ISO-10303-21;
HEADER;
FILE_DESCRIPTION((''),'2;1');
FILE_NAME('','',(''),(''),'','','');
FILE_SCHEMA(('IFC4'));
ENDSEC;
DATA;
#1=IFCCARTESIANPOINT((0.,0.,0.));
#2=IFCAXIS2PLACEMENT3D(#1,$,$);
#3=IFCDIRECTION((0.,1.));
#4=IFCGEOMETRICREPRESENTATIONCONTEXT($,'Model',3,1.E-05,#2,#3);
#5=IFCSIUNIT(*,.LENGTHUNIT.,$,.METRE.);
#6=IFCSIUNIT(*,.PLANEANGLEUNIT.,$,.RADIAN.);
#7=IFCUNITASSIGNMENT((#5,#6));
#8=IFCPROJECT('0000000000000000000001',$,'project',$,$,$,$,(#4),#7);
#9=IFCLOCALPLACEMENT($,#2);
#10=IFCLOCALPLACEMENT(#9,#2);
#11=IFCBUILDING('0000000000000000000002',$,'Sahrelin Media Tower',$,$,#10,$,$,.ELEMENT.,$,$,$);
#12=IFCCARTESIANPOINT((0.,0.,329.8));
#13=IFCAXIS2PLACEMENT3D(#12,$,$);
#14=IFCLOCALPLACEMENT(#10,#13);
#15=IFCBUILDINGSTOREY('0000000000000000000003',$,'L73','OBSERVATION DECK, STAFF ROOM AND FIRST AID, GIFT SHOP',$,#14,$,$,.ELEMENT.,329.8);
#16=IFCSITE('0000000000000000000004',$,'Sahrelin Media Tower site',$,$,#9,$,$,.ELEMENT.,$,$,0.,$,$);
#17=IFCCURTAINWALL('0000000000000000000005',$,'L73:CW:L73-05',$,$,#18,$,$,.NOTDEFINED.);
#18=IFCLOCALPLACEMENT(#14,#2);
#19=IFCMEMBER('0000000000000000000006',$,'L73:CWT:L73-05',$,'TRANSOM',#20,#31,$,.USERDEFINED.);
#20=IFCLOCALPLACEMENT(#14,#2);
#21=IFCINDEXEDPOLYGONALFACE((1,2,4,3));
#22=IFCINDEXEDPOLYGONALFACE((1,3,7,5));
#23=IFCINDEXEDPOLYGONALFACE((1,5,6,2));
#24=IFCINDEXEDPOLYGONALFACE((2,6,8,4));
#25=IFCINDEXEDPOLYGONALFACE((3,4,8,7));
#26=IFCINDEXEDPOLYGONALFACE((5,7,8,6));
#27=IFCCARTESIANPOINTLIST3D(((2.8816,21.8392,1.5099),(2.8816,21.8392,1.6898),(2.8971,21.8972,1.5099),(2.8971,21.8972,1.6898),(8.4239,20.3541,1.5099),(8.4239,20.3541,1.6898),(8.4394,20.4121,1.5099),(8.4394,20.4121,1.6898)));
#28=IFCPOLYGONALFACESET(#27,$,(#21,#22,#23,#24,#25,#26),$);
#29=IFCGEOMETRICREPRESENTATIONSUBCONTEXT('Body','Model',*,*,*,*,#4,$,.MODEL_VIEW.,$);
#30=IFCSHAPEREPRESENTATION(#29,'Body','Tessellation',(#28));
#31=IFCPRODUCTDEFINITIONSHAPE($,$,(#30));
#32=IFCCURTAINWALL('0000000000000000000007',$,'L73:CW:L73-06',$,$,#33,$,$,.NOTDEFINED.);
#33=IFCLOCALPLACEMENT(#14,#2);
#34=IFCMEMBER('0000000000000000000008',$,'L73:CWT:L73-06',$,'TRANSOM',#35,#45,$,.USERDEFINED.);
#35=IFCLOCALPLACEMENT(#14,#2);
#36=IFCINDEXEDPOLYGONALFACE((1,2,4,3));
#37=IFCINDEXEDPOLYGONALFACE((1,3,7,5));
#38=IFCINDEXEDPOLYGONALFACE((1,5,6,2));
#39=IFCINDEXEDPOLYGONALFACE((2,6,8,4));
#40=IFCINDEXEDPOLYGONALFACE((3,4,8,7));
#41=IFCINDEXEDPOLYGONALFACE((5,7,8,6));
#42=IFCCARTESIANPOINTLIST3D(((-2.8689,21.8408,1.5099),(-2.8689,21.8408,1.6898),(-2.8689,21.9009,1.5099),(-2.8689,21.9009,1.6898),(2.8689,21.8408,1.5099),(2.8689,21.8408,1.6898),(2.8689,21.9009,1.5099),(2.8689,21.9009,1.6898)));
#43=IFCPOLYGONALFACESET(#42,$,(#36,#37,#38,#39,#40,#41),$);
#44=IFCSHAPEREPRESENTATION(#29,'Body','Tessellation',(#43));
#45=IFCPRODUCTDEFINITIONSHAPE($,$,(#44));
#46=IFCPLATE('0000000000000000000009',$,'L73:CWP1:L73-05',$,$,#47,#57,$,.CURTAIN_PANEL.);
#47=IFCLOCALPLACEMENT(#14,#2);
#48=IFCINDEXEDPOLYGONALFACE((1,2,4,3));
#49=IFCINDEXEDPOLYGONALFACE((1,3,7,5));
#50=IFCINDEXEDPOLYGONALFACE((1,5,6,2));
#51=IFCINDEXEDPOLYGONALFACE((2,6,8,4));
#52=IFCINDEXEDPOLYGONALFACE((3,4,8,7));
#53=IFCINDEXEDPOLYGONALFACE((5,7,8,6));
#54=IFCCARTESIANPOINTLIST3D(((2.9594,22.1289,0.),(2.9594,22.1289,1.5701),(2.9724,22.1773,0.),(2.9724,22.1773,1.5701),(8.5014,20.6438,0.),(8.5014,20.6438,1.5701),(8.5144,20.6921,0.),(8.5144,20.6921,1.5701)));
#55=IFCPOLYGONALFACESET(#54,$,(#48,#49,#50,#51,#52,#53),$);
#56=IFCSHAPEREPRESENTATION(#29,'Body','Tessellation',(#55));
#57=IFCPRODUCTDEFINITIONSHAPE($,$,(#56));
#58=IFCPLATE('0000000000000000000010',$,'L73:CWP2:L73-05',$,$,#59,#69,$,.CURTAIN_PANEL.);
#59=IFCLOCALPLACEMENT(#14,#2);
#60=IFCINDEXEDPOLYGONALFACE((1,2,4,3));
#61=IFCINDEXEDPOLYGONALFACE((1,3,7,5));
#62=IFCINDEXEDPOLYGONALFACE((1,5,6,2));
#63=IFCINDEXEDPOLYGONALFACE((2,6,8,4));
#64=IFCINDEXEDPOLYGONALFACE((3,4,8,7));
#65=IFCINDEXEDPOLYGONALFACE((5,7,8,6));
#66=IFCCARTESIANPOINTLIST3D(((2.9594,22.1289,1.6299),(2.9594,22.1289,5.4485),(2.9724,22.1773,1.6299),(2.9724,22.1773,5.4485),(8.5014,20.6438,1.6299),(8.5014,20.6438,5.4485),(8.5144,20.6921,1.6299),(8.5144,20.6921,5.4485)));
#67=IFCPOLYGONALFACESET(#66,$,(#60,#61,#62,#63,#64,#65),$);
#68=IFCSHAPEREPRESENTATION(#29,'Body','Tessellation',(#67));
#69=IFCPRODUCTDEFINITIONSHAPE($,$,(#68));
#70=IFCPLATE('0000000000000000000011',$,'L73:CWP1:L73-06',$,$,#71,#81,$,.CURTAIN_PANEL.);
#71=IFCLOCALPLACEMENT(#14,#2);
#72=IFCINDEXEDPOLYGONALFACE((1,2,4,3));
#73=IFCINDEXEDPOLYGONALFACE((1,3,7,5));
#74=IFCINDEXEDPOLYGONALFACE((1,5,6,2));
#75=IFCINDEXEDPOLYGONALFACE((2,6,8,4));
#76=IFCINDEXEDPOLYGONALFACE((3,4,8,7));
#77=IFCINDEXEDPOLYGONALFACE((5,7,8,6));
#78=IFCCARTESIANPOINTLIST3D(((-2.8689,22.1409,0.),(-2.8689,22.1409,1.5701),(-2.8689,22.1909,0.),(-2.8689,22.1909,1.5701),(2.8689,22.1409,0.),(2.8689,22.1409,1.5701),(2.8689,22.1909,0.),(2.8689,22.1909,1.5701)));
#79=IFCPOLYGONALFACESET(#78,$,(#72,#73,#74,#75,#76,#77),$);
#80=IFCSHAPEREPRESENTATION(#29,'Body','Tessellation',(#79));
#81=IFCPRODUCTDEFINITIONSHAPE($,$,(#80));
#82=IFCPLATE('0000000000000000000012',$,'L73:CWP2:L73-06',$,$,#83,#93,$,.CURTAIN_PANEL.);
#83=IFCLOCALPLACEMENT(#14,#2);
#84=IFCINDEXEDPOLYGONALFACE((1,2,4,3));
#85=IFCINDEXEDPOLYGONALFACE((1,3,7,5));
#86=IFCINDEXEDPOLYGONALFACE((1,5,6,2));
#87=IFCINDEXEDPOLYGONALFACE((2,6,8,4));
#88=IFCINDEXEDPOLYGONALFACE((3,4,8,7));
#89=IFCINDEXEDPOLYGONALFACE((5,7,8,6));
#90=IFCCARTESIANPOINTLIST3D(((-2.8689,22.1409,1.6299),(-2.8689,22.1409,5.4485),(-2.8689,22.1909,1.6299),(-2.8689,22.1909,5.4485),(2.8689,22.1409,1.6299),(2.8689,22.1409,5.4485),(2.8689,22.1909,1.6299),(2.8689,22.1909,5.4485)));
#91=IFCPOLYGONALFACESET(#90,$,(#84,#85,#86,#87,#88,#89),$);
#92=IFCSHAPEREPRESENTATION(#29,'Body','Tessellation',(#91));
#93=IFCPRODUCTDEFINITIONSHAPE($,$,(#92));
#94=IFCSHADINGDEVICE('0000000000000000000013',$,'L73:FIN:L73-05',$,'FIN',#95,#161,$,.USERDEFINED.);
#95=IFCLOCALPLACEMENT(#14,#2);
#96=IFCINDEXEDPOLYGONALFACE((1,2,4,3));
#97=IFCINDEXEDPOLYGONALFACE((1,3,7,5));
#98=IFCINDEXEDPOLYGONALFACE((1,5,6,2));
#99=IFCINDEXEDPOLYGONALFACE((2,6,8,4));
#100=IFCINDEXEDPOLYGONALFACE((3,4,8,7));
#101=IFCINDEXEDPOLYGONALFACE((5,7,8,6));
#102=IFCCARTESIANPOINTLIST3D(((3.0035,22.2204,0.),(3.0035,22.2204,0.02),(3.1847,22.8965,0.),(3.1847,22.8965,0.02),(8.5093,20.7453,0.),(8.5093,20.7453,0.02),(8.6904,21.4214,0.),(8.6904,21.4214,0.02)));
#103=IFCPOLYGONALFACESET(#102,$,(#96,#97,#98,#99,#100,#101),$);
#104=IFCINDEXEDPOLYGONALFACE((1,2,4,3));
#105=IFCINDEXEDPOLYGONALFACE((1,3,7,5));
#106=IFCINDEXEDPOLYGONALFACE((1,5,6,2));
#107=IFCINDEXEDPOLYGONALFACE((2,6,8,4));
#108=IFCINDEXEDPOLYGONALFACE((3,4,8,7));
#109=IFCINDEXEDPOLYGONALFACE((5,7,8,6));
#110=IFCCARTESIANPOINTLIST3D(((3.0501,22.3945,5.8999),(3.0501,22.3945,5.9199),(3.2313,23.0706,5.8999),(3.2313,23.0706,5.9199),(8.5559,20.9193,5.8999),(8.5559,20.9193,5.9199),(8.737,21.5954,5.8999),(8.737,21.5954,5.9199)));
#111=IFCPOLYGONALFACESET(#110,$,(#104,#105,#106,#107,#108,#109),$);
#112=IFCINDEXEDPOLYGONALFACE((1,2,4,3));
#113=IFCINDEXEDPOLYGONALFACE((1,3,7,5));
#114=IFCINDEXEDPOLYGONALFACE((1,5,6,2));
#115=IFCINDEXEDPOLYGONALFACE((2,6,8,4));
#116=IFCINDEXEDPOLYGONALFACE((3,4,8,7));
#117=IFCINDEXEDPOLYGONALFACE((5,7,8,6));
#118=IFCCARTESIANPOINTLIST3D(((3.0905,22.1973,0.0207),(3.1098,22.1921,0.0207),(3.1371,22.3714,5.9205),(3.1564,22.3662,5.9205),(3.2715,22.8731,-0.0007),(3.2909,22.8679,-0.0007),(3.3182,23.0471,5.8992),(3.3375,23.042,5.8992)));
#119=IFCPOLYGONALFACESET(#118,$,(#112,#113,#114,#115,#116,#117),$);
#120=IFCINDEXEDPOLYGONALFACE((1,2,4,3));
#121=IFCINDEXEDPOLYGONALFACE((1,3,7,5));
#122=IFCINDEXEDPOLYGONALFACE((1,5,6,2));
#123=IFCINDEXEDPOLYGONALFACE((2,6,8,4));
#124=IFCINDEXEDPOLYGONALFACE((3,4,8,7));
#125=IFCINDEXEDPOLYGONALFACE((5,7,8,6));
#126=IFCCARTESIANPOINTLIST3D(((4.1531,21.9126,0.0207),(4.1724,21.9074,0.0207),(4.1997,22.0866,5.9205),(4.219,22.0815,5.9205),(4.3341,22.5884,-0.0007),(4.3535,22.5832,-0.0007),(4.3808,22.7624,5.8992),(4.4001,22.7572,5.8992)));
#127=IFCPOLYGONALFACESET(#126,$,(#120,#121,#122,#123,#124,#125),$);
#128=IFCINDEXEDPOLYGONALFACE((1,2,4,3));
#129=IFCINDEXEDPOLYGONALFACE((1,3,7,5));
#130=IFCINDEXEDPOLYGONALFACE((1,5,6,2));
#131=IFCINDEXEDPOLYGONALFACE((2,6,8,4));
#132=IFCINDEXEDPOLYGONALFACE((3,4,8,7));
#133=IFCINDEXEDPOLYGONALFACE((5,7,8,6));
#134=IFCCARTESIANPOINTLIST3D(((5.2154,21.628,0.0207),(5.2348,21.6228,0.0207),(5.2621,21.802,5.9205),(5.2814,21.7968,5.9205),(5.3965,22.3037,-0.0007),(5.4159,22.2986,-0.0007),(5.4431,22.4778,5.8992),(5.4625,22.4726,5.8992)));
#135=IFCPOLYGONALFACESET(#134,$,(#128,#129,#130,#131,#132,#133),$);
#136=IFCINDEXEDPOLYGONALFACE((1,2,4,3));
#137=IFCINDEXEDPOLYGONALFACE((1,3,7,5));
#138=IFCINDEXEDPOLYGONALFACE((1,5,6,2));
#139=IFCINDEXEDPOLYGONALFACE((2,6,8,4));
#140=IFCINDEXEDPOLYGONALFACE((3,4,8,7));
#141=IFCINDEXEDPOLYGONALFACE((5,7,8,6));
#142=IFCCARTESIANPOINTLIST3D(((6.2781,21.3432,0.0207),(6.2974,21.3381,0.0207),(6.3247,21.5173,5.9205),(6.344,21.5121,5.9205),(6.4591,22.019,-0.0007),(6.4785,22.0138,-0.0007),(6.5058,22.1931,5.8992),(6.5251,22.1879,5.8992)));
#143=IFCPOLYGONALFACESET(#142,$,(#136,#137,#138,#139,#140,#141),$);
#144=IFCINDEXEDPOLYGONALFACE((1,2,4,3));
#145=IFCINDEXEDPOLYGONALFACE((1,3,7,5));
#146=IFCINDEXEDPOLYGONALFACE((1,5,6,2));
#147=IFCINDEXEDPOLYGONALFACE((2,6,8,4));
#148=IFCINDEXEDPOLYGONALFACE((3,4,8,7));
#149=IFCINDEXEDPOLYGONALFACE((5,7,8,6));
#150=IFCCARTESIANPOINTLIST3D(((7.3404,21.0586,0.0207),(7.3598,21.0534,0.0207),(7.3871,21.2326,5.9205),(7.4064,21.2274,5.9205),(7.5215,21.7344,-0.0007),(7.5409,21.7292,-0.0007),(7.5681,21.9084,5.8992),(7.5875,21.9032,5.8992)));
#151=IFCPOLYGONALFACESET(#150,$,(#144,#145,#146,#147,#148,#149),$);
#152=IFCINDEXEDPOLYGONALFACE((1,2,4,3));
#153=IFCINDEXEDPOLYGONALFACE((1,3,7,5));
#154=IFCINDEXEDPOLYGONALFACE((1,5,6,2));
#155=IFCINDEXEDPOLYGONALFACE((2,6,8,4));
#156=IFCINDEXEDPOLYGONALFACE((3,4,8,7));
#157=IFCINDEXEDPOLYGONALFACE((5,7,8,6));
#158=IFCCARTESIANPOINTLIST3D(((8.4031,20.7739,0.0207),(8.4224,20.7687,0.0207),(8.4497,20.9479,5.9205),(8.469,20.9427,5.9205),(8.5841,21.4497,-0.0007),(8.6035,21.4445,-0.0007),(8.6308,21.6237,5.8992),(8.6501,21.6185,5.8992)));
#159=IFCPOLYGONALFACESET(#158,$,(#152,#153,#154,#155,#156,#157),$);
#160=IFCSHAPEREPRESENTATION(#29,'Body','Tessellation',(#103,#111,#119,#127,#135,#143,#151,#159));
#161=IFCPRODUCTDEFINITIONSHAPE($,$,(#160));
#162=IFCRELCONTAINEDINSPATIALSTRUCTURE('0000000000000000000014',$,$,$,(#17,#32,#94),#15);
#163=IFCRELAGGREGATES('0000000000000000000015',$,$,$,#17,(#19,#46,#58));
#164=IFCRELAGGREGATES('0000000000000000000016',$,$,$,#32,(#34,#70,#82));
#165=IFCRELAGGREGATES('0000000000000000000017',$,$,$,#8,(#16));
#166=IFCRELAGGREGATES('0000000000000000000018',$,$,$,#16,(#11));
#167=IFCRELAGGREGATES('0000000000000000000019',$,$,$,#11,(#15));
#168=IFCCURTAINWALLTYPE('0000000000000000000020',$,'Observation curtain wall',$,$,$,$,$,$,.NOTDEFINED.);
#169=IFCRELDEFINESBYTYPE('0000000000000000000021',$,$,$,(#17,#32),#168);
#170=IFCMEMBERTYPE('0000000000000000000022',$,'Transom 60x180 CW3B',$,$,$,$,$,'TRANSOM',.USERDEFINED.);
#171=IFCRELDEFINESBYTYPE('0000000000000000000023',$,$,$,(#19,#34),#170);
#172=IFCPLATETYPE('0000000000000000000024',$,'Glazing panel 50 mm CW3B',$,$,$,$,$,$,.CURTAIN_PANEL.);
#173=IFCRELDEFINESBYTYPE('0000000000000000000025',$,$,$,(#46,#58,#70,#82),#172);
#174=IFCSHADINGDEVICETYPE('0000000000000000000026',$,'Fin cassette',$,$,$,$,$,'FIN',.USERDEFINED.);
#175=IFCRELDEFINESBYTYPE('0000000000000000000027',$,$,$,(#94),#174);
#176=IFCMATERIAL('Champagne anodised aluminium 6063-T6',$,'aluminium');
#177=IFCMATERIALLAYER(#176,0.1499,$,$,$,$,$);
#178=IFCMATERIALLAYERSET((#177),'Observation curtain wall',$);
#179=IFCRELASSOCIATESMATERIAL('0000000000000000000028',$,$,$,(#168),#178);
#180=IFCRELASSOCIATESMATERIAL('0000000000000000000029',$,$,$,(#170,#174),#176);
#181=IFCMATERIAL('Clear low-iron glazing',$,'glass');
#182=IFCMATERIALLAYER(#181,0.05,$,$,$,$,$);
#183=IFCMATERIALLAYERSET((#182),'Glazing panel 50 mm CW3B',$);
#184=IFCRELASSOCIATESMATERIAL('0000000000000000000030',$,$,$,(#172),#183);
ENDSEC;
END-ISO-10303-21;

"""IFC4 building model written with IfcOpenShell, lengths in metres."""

from ifc_helpers import new_model, si_unit, direction, frame, origin, origin_2d, place, context, subcontext, project, spatial, polyline, rectangle, outline, extrude, material, layer, layer_set, material_profile, profile_set, type_object, element, aggregate, save


model = new_model("IFC4")

# Units and contexts
model_context = context("Model", 3, precision=1e-05, world=origin(), true_north=direction((0.0, 1.0)))
body_context = subcontext(model_context, "Body", "Model", "MODEL_VIEW")
ifc_project = project(units=[si_unit("LENGTHUNIT", "METRE"), si_unit("PLANEANGLEUNIT", "RADIAN")], contexts=[model_context])

# Site, building, storey
site_placement = place(None, origin())
site = spatial("IfcSite", under=ifc_project, at=site_placement, Name="Sahrelin Media Tower site", CompositionType="ELEMENT", RefElevation=0.0)
building_placement = place(site_placement, origin())
building = spatial("IfcBuilding", under=site, at=building_placement, Name="Sahrelin Media Tower", CompositionType="ELEMENT")
storey_placement = place(building_placement, frame((0.0, 0.0, 329.8)))
storey = spatial("IfcBuildingStorey", under=building, at=storey_placement, Name="L73", Description="OBSERVATION DECK, STAFF ROOM AND FIRST AID, GIFT SHOP", CompositionType="ELEMENT", Elevation=329.8)

# Curtain wall
ifc_material_1 = material(Name="Champagne anodised aluminium 6063-T6", Category="aluminium")
ifc_layer_1 = layer(ifc_material_1, 0.1499)
ifc_layer_set_1 = layer_set([ifc_layer_1], Name="Observation curtain wall")
curtain_wall_type = type_object("IfcCurtainWallType", Name="Observation curtain wall", PredefinedType="NOTDEFINED", material=ifc_layer_set_1)
curtain_wall_1_placement = place(storey_placement, frame((5.7383, 21.4153, 0.0), z_axis=(0.0, 0.0, 1.0), x_axis=(1.0, 0.0, 0.0)))
curtain_wall_1 = element("IfcCurtainWall", 1, at=curtain_wall_1_placement, inside=storey, type_object=curtain_wall_type, Name="L73:CW:L73-05", PredefinedType="NOTDEFINED")

# Member
ifc_material_profile_1 = material_profile(ifc_material_1, rectangle(XDim=0.0601, YDim=0.1799, at=origin_2d()), Name="Transom 60x180")
ifc_profile_set_1 = profile_set([ifc_material_profile_1], Name="Champagne anodised aluminium 6063-T6")
member_type_1 = type_object("IfcMemberType", Name="Transom 60x180 CW3B", ElementType="TRANSOM", PredefinedType="USERDEFINED", material=ifc_profile_set_1)
member_1_placement = place(storey_placement, frame((8.4316, 20.3831, 1.5999), z_axis=(-0.965923, 0.25883, 0.0), x_axis=(-0.25883, -0.965923, 0.0)))
member_1 = element("IfcMember", 2, at=member_1_placement, type_object=member_type_1, Name="L73:CWT:L73-05", ObjectType="TRANSOM", PredefinedType="USERDEFINED", context=body_context, shape_type="SweptSolid", body=[
    extrude(rectangle(XDim=0.0601, YDim=0.1799, at=origin_2d()), origin(), (0.0, 0.0, 1.0), 5.7378),
])

# Curtain wall, member
placement_1 = place(storey_placement, frame((0.0, 22.1709, 0.0), z_axis=(0.0, 0.0, 1.0), x_axis=(1.0, 0.0, 0.0)))
curtain_wall_2 = element("IfcCurtainWall", 3, at=placement_1, inside=storey, type_object=curtain_wall_type, Name="L73:CW:L73-06", PredefinedType="NOTDEFINED")
member_2_placement = place(storey_placement, frame((2.8689, 21.8708, 1.5999), z_axis=(-1.0, 0.0, 0.0), x_axis=(0.0, -1.0, 0.0)))
member_2 = element("IfcMember", 4, at=member_2_placement, type_object=member_type_1, Name="L73:CWT:L73-06", ObjectType="TRANSOM", PredefinedType="USERDEFINED", context=body_context, shape_type="SweptSolid", body=[
    extrude(rectangle(XDim=0.0601, YDim=0.1799, at=origin_2d()), origin(), (0.0, 0.0, 1.0), 5.7378),
])

# Plates
ifc_material_2 = material(Name="Clear low-iron glazing", Category="glass")
ifc_layer_2 = layer(ifc_material_2, 0.05)
ifc_layer_set_2 = layer_set([ifc_layer_2], Name="Glazing panel 50 mm CW3B")
plate_type = type_object("IfcPlateType", Name="Glazing panel 50 mm CW3B", PredefinedType="CURTAIN_PANEL", material=ifc_layer_set_2)
plate_1_placement = place(storey_placement, frame((8.5144, 20.6921, 0.0), z_axis=(0.258841, 0.96592, 0.0), x_axis=(-0.96592, 0.258841, 0.0)))
plate_1 = element("IfcPlate", 5, at=plate_1_placement, type_object=plate_type, Name="L73:CWP1:L73-05", PredefinedType="CURTAIN_PANEL", context=body_context, shape_type="SweptSolid", body=[
    extrude(outline(polyline([(0.0, 0.0), (5.7375, 0.0), (5.7375, 1.5701), (0.0, 1.5701), (0.0, 0.0)])), origin(), (0.0, 0.0, -1.0), 0.05),
])
plate_2_placement = place(storey_placement, frame((8.5144, 20.6921, 1.6299), z_axis=(0.258841, 0.96592, 0.0), x_axis=(-0.96592, 0.258841, 0.0)))
plate_2 = element("IfcPlate", 6, at=plate_2_placement, type_object=plate_type, Name="L73:CWP2:L73-05", PredefinedType="CURTAIN_PANEL", context=body_context, shape_type="SweptSolid", body=[
    extrude(outline(polyline([(0.0, 0.0), (5.7375, 0.0), (5.7375, 3.8186), (0.0, 3.8186), (0.0, 0.0)])), origin(), (0.0, 0.0, -1.0), 0.05),
])
aggregate(curtain_wall_1, [member_1, plate_1, plate_2])
plate_3_placement = place(storey_placement, frame((2.8689, 22.1909, 0.0), z_axis=(0.0, 1.0, 0.0), x_axis=(-1.0, 0.0, 0.0)))
plate_3 = element("IfcPlate", 7, at=plate_3_placement, type_object=plate_type, Name="L73:CWP1:L73-06", PredefinedType="CURTAIN_PANEL", context=body_context, shape_type="SweptSolid", body=[
    extrude(outline(polyline([(0.0, 0.0), (5.7378, 0.0), (5.7378, 1.5701), (0.0, 1.5701), (0.0, 0.0)])), origin(), (0.0, 0.0, -1.0), 0.05),
])
plate_4_placement = place(storey_placement, frame((2.8689, 22.1909, 1.6299), z_axis=(0.0, 1.0, 0.0), x_axis=(-1.0, 0.0, 0.0)))
plate_4 = element("IfcPlate", 8, at=plate_4_placement, type_object=plate_type, Name="L73:CWP2:L73-06", PredefinedType="CURTAIN_PANEL", context=body_context, shape_type="SweptSolid", body=[
    extrude(outline(polyline([(0.0, 0.0), (5.7378, 0.0), (5.7378, 3.8186), (0.0, 3.8186), (0.0, 0.0)])), origin(), (0.0, 0.0, -1.0), 0.05),
])
aggregate(curtain_wall_2, [member_2, plate_3, plate_4])

# Shading device
shading_device_type_1 = type_object("IfcShadingDeviceType", Name="Fin cassette", ElementType="FIN", PredefinedType="USERDEFINED", material=ifc_material_1)
placement_2 = place(storey_placement, frame((5.7383, 21.4153, 0.0), z_axis=(0.0, 0.0, 1.0), x_axis=(0.965929, -0.258808, 0.0)))
element("IfcShadingDevice", 9, at=placement_2, inside=storey, type_object=shading_device_type_1, Name="L73:FIN:L73-05", ObjectType="FIN", PredefinedType="USERDEFINED", context=body_context, shape_type="SweptSolid", body=[
    extrude(rectangle(XDim=5.7, YDim=0.7, at=origin_2d()), frame((0.0, 0.4199, 0.0)), (0.0, 0.0, 1.0), 0.02),
    extrude(rectangle(XDim=5.7, YDim=0.7, at=origin_2d()), frame((0.0, 0.6001, 5.8999)), (0.0, 0.0, 1.0), 0.02),
    extrude(rectangle(XDim=0.02, YDim=0.7, at=origin_2d()), frame((-2.75, 0.4199, 0.01), z_axis=(0.0, 0.030525, 0.999534), x_axis=(-1.0, 0.0, 0.0)), (0.0, 0.0, 1.0), 5.9026),
    extrude(rectangle(XDim=0.02, YDim=0.7, at=origin_2d()), frame((-1.6499, 0.4199, 0.01), z_axis=(0.0, 0.030525, 0.999534), x_axis=(-1.0, 0.0, 0.0)), (0.0, 0.0, 1.0), 5.9026),
    extrude(rectangle(XDim=0.02, YDim=0.7, at=origin_2d()), frame((-0.55, 0.4199, 0.01), z_axis=(0.0, 0.030525, 0.999534), x_axis=(-1.0, 0.0, 0.0)), (0.0, 0.0, 1.0), 5.9026),
    extrude(rectangle(XDim=0.02, YDim=0.7, at=origin_2d()), frame((0.55, 0.4199, 0.01), z_axis=(0.0, 0.030525, 0.999534), x_axis=(-1.0, 0.0, 0.0)), (0.0, 0.0, 1.0), 5.9026),
    extrude(rectangle(XDim=0.02, YDim=0.7, at=origin_2d()), frame((1.6499, 0.4199, 0.01), z_axis=(0.0, 0.030525, 0.999534), x_axis=(-1.0, 0.0, 0.0)), (0.0, 0.0, 1.0), 5.9026),
    extrude(rectangle(XDim=0.02, YDim=0.7, at=origin_2d()), frame((2.75, 0.4199, 0.01), z_axis=(0.0, 0.030525, 0.999534), x_axis=(-1.0, 0.0, 0.0)), (0.0, 0.0, 1.0), 5.9026),
])

save(model, "model.ifc")
